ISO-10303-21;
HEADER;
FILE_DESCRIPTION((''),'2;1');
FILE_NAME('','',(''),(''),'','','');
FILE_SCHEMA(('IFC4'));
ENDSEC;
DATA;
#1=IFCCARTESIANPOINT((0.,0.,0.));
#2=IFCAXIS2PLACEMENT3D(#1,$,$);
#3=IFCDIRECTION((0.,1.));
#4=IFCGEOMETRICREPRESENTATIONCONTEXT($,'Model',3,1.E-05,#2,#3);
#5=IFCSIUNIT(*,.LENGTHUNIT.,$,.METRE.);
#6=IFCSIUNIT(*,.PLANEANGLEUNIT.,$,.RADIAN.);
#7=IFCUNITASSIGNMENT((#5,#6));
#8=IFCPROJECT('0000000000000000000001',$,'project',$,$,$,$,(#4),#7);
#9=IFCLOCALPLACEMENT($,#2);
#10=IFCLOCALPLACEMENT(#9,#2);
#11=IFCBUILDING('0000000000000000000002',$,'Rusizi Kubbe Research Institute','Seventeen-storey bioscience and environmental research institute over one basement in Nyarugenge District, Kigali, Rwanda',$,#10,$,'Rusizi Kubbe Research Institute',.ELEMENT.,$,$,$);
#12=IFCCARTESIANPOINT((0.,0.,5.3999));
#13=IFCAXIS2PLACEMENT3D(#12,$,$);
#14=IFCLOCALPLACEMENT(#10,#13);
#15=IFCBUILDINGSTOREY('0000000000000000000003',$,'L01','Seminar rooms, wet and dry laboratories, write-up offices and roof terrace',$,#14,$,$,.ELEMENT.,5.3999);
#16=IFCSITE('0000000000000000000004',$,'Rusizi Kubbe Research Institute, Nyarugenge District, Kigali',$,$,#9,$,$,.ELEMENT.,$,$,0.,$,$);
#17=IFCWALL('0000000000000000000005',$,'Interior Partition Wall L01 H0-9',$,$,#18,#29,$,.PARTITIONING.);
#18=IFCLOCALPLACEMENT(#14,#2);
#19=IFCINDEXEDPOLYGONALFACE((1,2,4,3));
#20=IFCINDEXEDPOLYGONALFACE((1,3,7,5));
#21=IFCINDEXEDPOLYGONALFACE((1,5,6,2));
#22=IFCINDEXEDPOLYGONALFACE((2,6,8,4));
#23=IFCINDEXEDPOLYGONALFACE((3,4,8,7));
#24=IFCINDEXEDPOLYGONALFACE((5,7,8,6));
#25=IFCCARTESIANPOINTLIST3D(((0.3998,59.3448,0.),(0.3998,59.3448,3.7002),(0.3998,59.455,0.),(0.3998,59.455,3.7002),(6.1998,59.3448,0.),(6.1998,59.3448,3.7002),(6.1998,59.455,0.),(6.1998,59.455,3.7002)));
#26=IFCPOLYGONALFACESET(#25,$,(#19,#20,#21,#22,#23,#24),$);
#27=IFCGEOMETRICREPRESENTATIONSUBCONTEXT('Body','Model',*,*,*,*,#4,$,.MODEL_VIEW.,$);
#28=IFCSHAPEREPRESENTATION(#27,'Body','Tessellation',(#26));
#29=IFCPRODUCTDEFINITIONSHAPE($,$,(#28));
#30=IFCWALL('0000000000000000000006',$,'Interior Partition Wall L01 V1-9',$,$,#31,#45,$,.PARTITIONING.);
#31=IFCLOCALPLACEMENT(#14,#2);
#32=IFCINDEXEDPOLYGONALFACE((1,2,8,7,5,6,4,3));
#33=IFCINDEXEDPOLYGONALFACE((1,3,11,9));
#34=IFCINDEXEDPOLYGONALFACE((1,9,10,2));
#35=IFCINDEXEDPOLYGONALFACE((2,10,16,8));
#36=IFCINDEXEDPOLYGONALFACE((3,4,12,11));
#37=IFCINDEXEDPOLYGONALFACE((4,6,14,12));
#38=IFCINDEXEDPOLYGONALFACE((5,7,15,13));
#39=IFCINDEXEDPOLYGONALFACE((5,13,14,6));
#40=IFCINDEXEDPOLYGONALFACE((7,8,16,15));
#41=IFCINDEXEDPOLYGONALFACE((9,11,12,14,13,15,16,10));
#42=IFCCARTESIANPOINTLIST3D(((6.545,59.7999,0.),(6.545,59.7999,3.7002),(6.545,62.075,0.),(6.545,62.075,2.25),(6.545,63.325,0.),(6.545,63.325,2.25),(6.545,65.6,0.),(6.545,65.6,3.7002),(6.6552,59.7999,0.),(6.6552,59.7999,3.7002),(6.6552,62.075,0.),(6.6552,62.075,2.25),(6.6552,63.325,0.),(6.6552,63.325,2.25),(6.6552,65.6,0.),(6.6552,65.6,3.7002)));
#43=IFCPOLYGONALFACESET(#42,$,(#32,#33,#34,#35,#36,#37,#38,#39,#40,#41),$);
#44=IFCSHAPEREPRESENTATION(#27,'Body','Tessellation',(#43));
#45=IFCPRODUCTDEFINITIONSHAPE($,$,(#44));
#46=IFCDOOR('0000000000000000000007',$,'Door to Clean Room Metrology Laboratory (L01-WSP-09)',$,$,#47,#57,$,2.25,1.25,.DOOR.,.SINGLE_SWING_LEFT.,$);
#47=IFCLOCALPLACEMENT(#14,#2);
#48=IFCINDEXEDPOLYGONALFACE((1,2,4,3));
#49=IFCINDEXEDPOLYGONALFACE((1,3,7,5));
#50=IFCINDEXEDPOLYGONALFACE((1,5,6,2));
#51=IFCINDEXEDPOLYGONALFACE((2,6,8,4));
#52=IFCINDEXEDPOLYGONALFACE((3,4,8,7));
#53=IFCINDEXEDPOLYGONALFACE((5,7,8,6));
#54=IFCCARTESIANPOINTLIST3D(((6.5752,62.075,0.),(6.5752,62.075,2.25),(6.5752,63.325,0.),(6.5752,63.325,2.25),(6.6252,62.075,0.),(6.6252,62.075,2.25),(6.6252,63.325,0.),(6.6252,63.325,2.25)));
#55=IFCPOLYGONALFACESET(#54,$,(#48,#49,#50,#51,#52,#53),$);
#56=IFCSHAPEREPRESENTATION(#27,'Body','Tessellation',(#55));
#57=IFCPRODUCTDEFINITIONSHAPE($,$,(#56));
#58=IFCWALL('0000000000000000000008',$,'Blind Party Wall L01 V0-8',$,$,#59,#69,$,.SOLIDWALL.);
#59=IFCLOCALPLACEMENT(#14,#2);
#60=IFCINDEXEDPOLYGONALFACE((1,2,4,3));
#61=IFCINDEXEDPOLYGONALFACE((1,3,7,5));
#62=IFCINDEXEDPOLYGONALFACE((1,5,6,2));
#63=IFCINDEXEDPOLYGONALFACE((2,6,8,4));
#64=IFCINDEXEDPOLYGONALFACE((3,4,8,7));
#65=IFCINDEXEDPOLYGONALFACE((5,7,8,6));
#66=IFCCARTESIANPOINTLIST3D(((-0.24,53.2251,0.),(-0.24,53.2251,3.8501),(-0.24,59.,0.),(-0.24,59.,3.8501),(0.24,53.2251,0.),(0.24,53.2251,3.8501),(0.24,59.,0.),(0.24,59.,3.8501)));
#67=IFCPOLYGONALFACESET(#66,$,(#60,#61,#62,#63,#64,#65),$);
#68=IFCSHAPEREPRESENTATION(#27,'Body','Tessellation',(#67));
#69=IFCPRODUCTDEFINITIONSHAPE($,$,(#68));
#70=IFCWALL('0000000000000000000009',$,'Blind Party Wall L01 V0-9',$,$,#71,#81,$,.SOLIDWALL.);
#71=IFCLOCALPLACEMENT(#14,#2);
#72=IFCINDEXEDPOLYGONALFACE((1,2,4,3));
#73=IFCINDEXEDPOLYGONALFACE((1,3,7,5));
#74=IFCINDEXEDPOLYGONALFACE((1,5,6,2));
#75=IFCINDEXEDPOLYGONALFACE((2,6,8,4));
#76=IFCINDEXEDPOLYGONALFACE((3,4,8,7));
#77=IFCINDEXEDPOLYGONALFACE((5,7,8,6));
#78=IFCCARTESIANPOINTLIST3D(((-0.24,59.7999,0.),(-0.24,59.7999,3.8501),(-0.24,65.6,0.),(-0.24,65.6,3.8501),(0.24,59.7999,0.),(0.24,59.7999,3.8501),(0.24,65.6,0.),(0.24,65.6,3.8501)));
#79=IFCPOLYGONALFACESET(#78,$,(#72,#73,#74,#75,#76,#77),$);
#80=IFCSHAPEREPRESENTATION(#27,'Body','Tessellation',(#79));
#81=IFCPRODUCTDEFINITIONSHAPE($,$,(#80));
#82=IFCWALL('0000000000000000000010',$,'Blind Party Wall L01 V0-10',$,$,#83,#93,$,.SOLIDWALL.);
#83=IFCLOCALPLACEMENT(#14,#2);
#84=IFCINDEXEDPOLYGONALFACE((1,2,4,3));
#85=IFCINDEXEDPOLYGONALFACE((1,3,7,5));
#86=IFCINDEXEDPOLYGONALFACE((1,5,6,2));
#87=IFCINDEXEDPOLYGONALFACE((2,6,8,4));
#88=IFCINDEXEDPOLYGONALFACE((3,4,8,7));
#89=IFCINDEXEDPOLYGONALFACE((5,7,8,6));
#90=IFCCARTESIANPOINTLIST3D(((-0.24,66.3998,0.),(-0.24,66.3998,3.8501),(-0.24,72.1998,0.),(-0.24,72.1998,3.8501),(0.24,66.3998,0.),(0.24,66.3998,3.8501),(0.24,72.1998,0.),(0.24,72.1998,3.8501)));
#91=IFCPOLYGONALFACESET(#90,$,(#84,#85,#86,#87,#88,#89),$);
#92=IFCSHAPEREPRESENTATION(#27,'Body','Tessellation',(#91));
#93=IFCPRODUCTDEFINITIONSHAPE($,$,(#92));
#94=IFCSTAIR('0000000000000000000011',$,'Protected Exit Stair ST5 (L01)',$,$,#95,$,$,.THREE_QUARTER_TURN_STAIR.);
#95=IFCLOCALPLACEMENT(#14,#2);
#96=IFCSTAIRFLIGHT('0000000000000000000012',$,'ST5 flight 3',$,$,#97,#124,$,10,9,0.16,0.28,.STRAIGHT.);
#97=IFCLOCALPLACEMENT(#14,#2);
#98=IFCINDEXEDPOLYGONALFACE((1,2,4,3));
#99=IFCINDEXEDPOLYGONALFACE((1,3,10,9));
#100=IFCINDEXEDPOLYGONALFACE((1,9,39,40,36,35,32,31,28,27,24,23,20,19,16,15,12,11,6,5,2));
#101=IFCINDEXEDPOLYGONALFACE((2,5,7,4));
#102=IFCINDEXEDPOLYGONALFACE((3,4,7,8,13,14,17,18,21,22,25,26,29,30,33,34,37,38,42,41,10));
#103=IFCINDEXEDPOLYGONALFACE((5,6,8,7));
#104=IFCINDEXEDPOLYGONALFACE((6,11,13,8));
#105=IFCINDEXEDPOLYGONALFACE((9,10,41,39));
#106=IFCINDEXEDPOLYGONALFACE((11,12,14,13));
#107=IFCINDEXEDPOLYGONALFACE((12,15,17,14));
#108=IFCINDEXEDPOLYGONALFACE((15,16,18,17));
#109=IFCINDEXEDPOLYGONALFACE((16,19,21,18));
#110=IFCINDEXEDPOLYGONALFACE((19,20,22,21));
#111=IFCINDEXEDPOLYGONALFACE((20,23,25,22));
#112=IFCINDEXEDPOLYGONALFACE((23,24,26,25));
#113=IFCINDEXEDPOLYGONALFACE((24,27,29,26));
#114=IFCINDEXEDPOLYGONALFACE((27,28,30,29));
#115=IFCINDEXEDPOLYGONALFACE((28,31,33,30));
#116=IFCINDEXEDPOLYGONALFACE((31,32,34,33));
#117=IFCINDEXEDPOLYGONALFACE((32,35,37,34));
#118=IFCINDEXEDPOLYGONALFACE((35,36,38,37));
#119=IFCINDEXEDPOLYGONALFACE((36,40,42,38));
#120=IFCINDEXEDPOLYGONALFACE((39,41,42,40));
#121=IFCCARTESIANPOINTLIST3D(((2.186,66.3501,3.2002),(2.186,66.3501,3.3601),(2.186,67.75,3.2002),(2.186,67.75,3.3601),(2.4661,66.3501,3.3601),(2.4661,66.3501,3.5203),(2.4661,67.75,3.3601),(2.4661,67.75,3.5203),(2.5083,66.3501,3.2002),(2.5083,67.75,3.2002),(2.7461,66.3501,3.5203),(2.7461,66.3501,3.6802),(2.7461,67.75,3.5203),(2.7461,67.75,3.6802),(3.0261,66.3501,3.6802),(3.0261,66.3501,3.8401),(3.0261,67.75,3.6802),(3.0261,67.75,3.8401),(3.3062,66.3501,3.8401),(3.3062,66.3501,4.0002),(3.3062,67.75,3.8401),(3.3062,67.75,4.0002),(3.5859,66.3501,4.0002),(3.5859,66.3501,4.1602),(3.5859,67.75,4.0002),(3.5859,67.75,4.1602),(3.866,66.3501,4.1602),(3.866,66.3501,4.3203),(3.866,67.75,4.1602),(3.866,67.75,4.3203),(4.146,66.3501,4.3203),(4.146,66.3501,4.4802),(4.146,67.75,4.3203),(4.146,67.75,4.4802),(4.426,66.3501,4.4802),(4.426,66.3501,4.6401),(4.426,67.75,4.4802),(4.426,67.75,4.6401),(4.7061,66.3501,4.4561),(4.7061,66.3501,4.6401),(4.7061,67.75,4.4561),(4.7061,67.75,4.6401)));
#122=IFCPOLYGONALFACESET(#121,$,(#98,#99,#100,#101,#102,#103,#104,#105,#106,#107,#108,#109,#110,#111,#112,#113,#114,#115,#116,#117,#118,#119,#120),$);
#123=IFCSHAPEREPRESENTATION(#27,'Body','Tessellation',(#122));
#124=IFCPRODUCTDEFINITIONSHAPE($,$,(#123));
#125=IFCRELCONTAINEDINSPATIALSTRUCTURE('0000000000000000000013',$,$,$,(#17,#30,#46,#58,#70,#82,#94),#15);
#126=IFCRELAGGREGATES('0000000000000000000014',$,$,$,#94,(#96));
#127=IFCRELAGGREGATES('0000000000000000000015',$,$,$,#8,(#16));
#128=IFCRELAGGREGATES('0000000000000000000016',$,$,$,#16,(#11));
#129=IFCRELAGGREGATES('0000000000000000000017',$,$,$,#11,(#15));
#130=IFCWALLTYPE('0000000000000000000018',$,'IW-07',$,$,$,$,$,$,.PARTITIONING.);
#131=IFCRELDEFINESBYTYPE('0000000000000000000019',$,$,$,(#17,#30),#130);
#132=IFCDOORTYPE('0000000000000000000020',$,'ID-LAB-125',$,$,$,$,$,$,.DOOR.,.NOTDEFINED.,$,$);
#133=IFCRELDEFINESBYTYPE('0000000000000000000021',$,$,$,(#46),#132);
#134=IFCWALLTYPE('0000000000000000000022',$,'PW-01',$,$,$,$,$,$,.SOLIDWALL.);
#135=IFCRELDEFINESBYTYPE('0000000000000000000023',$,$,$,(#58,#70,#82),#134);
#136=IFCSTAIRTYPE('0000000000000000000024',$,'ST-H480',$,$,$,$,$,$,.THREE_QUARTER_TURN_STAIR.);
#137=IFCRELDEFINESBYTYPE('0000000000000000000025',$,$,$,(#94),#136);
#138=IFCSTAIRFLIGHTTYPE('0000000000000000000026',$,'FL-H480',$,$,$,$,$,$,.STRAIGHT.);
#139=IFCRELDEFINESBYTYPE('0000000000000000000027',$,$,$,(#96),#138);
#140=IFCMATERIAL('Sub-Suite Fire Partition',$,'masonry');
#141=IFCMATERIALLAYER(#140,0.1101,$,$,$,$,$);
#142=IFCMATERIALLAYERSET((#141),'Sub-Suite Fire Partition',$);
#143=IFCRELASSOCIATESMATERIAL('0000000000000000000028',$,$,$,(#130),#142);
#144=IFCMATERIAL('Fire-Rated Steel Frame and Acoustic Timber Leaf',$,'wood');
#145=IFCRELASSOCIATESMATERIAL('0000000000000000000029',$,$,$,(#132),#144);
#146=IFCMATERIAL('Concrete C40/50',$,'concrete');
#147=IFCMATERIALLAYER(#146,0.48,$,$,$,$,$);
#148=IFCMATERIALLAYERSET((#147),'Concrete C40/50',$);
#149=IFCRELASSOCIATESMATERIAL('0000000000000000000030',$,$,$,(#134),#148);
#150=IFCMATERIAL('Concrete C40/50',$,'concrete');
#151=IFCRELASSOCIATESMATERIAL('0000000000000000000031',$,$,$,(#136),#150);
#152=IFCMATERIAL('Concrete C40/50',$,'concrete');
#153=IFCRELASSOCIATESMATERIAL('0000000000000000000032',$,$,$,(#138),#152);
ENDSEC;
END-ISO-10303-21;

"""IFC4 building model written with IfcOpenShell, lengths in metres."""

from ifc_helpers import new_model, si_unit, direction, frame, frame_2d, origin, place, context, subcontext, project, spatial, polyline, rectangle, outline, extrude, material, layer, layer_set, type_object, element, fill, aggregate, save


model = new_model("IFC4")

# Units and contexts
model_context = context("Model", 3, precision=1e-05, world=origin(), true_north=direction((0.0, 1.0)))
body_context = subcontext(model_context, "Body", "Model", "MODEL_VIEW")
ifc_project = project(units=[si_unit("LENGTHUNIT", "METRE"), si_unit("PLANEANGLEUNIT", "RADIAN")], contexts=[model_context])

# Site, building, storey
site_placement = place(None, origin())
site = spatial("IfcSite", under=ifc_project, at=site_placement, Name="Rusizi Kubbe Research Institute, Nyarugenge District, Kigali", CompositionType="ELEMENT", RefElevation=0.0)
building_placement = place(site_placement, origin())
building = spatial("IfcBuilding", under=site, at=building_placement, Name="Rusizi Kubbe Research Institute", Description="Seventeen-storey bioscience and environmental research institute over one basement in Nyarugenge District, Kigali, Rwanda", LongName="Rusizi Kubbe Research Institute", CompositionType="ELEMENT")
storey_placement = place(building_placement, frame((0.0, 0.0, 5.3999)))
storey = spatial("IfcBuildingStorey", under=building, at=storey_placement, Name="L01", Description="Seminar rooms, wet and dry laboratories, write-up offices and roof terrace", CompositionType="ELEMENT", Elevation=5.3999)

# Wall
ifc_material_1 = material(Name="Sub-Suite Fire Partition", Category="masonry")
ifc_layer_1 = layer(ifc_material_1, 0.1101)
ifc_layer_set_1 = layer_set([ifc_layer_1], Name="Sub-Suite Fire Partition")
wall_type_1 = type_object("IfcWallType", Name="IW-07", PredefinedType="PARTITIONING", material=ifc_layer_set_1)
wall_1_placement = place(storey_placement, frame((0.3999, 59.3999, 0.0), z_axis=(0.0, 0.0, 1.0), x_axis=(1.0, 0.0, 0.0)))
element("IfcWall", 1, at=wall_1_placement, inside=storey, type_object=wall_type_1, Name="Interior Partition Wall L01 H0-9", PredefinedType="PARTITIONING", context=body_context, shape_type="SweptSolid", body=[
    extrude(rectangle(XDim=5.8, YDim=0.1101, at=frame_2d((2.8999, 0.0))), origin(), (0.0, 0.0, 1.0), 3.7002),
])

# Wall, opening, door
wall_2_placement = place(storey_placement, frame((6.6001, 59.8, 0.0), z_axis=(0.0, 0.0, 1.0), x_axis=(0.0, 1.0, 0.0)))
wall_2 = element("IfcWall", 2, at=wall_2_placement, inside=storey, type_object=wall_type_1, Name="Interior Partition Wall L01 V1-9", PredefinedType="PARTITIONING", context=body_context, shape_type="SweptSolid", body=[
    extrude(rectangle(XDim=5.8, YDim=0.1101, at=frame_2d((2.8999, 0.0))), origin(), (0.0, 0.0, 1.0), 3.7002),
])
opening_1_placement = place(wall_2_placement, frame((2.2749, 0.0, 0.0)))
opening_1 = element("IfcOpeningElement", 3, at=opening_1_placement, cuts=wall_2, PredefinedType="OPENING", context=body_context, shape_type="SweptSolid", body=[
    extrude(rectangle(XDim=1.25, YDim=2.25, at=frame_2d((0.625, 1.125))), frame((0.0, 0.0649, 0.0), z_axis=(0.0, -1.0, 0.0), x_axis=(1.0, 0.0, 0.0)), (0.0, 0.0, 1.0), 0.1301),
])
ifc_material_2 = material(Name="Fire-Rated Steel Frame and Acoustic Timber Leaf", Category="wood")
door_type_1 = type_object("IfcDoorType", Name="ID-LAB-125", OperationType="NOTDEFINED", PredefinedType="DOOR", material=ifc_material_2)
door_1_placement = place(opening_1_placement, origin())
door_1 = element("IfcDoor", 4, at=door_1_placement, inside=storey, type_object=door_type_1, Name="Door to Clean Room Metrology Laboratory (L01-WSP-09)", OperationType="SINGLE_SWING_LEFT", OverallHeight=2.25, OverallWidth=1.25, PredefinedType="DOOR", context=body_context, shape_type="SweptSolid", body=[
    extrude(rectangle(XDim=1.25, YDim=2.25, at=frame_2d((0.625, 1.125))), frame((0.0, 0.0249, 0.0), z_axis=(0.0, -1.0, 0.0), x_axis=(1.0, 0.0, 0.0)), (0.0, 0.0, 1.0), 0.05),
])
fill(opening_1, door_1)

# Walls
ifc_material_3 = material(Name="Concrete C40/50", Category="concrete")
ifc_layer_2 = layer(ifc_material_3, 0.48)
ifc_layer_set_2 = layer_set([ifc_layer_2], Name="Concrete C40/50")
wall_type_2 = type_object("IfcWallType", Name="PW-01", PredefinedType="SOLIDWALL", material=ifc_layer_set_2)
wall_3_placement = place(storey_placement, frame((0.0, 53.2251, 0.0), z_axis=(0.0, 0.0, 1.0), x_axis=(0.0, 1.0, 0.0)))
element("IfcWall", 5, at=wall_3_placement, inside=storey, type_object=wall_type_2, Name="Blind Party Wall L01 V0-8", PredefinedType="SOLIDWALL", context=body_context, shape_type="SweptSolid", body=[
    extrude(rectangle(XDim=5.7749, YDim=0.48, at=frame_2d((2.8875, 0.0))), origin(), (0.0, 0.0, 1.0), 3.8501),
])
for number, where, z_axis, x_axis, name in (
    (6, (0.0, 59.8, 0.0), (0.0, 0.0, 1.0), (0.0, 1.0, 0.0), "Blind Party Wall L01 V0-9"),
    (7, (0.0, 66.3999, 0.0), (0.0, 0.0, 1.0), (0.0, 1.0, 0.0), "Blind Party Wall L01 V0-10"),
):
    element("IfcWall", number, at=place(storey_placement, frame(where, z_axis=z_axis, x_axis=x_axis)), inside=storey, type_object=wall_type_2, Name=name, PredefinedType="SOLIDWALL", context=body_context, shape_type="SweptSolid", body=[
        extrude(rectangle(XDim=5.8, YDim=0.48, at=frame_2d((2.8999, 0.0))), origin(), (0.0, 0.0, 1.0), 3.8501),
    ])

# Stair, stair flight
ifc_material_4 = material(Name="Concrete C40/50", Category="concrete")
stair_type = type_object("IfcStairType", Name="ST-H480", PredefinedType="THREE_QUARTER_TURN_STAIR", material=ifc_material_4)
stair_placement = place(storey_placement, origin())
stair = element("IfcStair", 8, at=stair_placement, inside=storey, type_object=stair_type, Name="Protected Exit Stair ST5 (L01)", PredefinedType="THREE_QUARTER_TURN_STAIR")
ifc_material_5 = material(Name="Concrete C40/50", Category="concrete")
stair_flight_type = type_object("IfcStairFlightType", Name="FL-H480", PredefinedType="STRAIGHT", material=ifc_material_5)
stair_flight_placement = place(storey_placement, frame((2.186, 67.05, 3.2002), z_axis=(0.0, 0.0, 1.0), x_axis=(1.0, 0.0, 0.0)))
stair_flight = element("IfcStairFlight", 9, at=stair_flight_placement, type_object=stair_flight_type, Name="ST5 flight 3", NumberOfRisers=10, NumberOfTreads=9, PredefinedType="STRAIGHT", RiserHeight=0.16, TreadLength=0.28, context=body_context, shape_type="SweptSolid", body=[
    extrude(outline(polyline([(0.0, 0.0), (0.0, 0.1599), (0.28, 0.1599), (0.28, 0.3201), (0.5601, 0.3201), (0.5601, 0.48), (0.8401, 0.48), (0.8401, 0.6399), (1.1201, 0.6399), (1.1201, 0.8), (1.3999, 0.8), (1.3999, 0.96), (1.6799, 0.96), (1.6799, 1.1201), (1.96, 1.1201), (1.96, 1.28), (2.24, 1.28), (2.24, 1.4399), (2.52, 1.4399), (2.52, 1.6001), (2.52, 1.2559), (0.3223, 0.0), (0.0, 0.0)])), frame((0.0, 0.7, 0.0), z_axis=(0.0, -1.0, 0.0), x_axis=(1.0, 0.0, 0.0)), (0.0, 0.0, 1.0), 1.3999),
])
aggregate(stair, [stair_flight])

save(model, "model.ifc")
